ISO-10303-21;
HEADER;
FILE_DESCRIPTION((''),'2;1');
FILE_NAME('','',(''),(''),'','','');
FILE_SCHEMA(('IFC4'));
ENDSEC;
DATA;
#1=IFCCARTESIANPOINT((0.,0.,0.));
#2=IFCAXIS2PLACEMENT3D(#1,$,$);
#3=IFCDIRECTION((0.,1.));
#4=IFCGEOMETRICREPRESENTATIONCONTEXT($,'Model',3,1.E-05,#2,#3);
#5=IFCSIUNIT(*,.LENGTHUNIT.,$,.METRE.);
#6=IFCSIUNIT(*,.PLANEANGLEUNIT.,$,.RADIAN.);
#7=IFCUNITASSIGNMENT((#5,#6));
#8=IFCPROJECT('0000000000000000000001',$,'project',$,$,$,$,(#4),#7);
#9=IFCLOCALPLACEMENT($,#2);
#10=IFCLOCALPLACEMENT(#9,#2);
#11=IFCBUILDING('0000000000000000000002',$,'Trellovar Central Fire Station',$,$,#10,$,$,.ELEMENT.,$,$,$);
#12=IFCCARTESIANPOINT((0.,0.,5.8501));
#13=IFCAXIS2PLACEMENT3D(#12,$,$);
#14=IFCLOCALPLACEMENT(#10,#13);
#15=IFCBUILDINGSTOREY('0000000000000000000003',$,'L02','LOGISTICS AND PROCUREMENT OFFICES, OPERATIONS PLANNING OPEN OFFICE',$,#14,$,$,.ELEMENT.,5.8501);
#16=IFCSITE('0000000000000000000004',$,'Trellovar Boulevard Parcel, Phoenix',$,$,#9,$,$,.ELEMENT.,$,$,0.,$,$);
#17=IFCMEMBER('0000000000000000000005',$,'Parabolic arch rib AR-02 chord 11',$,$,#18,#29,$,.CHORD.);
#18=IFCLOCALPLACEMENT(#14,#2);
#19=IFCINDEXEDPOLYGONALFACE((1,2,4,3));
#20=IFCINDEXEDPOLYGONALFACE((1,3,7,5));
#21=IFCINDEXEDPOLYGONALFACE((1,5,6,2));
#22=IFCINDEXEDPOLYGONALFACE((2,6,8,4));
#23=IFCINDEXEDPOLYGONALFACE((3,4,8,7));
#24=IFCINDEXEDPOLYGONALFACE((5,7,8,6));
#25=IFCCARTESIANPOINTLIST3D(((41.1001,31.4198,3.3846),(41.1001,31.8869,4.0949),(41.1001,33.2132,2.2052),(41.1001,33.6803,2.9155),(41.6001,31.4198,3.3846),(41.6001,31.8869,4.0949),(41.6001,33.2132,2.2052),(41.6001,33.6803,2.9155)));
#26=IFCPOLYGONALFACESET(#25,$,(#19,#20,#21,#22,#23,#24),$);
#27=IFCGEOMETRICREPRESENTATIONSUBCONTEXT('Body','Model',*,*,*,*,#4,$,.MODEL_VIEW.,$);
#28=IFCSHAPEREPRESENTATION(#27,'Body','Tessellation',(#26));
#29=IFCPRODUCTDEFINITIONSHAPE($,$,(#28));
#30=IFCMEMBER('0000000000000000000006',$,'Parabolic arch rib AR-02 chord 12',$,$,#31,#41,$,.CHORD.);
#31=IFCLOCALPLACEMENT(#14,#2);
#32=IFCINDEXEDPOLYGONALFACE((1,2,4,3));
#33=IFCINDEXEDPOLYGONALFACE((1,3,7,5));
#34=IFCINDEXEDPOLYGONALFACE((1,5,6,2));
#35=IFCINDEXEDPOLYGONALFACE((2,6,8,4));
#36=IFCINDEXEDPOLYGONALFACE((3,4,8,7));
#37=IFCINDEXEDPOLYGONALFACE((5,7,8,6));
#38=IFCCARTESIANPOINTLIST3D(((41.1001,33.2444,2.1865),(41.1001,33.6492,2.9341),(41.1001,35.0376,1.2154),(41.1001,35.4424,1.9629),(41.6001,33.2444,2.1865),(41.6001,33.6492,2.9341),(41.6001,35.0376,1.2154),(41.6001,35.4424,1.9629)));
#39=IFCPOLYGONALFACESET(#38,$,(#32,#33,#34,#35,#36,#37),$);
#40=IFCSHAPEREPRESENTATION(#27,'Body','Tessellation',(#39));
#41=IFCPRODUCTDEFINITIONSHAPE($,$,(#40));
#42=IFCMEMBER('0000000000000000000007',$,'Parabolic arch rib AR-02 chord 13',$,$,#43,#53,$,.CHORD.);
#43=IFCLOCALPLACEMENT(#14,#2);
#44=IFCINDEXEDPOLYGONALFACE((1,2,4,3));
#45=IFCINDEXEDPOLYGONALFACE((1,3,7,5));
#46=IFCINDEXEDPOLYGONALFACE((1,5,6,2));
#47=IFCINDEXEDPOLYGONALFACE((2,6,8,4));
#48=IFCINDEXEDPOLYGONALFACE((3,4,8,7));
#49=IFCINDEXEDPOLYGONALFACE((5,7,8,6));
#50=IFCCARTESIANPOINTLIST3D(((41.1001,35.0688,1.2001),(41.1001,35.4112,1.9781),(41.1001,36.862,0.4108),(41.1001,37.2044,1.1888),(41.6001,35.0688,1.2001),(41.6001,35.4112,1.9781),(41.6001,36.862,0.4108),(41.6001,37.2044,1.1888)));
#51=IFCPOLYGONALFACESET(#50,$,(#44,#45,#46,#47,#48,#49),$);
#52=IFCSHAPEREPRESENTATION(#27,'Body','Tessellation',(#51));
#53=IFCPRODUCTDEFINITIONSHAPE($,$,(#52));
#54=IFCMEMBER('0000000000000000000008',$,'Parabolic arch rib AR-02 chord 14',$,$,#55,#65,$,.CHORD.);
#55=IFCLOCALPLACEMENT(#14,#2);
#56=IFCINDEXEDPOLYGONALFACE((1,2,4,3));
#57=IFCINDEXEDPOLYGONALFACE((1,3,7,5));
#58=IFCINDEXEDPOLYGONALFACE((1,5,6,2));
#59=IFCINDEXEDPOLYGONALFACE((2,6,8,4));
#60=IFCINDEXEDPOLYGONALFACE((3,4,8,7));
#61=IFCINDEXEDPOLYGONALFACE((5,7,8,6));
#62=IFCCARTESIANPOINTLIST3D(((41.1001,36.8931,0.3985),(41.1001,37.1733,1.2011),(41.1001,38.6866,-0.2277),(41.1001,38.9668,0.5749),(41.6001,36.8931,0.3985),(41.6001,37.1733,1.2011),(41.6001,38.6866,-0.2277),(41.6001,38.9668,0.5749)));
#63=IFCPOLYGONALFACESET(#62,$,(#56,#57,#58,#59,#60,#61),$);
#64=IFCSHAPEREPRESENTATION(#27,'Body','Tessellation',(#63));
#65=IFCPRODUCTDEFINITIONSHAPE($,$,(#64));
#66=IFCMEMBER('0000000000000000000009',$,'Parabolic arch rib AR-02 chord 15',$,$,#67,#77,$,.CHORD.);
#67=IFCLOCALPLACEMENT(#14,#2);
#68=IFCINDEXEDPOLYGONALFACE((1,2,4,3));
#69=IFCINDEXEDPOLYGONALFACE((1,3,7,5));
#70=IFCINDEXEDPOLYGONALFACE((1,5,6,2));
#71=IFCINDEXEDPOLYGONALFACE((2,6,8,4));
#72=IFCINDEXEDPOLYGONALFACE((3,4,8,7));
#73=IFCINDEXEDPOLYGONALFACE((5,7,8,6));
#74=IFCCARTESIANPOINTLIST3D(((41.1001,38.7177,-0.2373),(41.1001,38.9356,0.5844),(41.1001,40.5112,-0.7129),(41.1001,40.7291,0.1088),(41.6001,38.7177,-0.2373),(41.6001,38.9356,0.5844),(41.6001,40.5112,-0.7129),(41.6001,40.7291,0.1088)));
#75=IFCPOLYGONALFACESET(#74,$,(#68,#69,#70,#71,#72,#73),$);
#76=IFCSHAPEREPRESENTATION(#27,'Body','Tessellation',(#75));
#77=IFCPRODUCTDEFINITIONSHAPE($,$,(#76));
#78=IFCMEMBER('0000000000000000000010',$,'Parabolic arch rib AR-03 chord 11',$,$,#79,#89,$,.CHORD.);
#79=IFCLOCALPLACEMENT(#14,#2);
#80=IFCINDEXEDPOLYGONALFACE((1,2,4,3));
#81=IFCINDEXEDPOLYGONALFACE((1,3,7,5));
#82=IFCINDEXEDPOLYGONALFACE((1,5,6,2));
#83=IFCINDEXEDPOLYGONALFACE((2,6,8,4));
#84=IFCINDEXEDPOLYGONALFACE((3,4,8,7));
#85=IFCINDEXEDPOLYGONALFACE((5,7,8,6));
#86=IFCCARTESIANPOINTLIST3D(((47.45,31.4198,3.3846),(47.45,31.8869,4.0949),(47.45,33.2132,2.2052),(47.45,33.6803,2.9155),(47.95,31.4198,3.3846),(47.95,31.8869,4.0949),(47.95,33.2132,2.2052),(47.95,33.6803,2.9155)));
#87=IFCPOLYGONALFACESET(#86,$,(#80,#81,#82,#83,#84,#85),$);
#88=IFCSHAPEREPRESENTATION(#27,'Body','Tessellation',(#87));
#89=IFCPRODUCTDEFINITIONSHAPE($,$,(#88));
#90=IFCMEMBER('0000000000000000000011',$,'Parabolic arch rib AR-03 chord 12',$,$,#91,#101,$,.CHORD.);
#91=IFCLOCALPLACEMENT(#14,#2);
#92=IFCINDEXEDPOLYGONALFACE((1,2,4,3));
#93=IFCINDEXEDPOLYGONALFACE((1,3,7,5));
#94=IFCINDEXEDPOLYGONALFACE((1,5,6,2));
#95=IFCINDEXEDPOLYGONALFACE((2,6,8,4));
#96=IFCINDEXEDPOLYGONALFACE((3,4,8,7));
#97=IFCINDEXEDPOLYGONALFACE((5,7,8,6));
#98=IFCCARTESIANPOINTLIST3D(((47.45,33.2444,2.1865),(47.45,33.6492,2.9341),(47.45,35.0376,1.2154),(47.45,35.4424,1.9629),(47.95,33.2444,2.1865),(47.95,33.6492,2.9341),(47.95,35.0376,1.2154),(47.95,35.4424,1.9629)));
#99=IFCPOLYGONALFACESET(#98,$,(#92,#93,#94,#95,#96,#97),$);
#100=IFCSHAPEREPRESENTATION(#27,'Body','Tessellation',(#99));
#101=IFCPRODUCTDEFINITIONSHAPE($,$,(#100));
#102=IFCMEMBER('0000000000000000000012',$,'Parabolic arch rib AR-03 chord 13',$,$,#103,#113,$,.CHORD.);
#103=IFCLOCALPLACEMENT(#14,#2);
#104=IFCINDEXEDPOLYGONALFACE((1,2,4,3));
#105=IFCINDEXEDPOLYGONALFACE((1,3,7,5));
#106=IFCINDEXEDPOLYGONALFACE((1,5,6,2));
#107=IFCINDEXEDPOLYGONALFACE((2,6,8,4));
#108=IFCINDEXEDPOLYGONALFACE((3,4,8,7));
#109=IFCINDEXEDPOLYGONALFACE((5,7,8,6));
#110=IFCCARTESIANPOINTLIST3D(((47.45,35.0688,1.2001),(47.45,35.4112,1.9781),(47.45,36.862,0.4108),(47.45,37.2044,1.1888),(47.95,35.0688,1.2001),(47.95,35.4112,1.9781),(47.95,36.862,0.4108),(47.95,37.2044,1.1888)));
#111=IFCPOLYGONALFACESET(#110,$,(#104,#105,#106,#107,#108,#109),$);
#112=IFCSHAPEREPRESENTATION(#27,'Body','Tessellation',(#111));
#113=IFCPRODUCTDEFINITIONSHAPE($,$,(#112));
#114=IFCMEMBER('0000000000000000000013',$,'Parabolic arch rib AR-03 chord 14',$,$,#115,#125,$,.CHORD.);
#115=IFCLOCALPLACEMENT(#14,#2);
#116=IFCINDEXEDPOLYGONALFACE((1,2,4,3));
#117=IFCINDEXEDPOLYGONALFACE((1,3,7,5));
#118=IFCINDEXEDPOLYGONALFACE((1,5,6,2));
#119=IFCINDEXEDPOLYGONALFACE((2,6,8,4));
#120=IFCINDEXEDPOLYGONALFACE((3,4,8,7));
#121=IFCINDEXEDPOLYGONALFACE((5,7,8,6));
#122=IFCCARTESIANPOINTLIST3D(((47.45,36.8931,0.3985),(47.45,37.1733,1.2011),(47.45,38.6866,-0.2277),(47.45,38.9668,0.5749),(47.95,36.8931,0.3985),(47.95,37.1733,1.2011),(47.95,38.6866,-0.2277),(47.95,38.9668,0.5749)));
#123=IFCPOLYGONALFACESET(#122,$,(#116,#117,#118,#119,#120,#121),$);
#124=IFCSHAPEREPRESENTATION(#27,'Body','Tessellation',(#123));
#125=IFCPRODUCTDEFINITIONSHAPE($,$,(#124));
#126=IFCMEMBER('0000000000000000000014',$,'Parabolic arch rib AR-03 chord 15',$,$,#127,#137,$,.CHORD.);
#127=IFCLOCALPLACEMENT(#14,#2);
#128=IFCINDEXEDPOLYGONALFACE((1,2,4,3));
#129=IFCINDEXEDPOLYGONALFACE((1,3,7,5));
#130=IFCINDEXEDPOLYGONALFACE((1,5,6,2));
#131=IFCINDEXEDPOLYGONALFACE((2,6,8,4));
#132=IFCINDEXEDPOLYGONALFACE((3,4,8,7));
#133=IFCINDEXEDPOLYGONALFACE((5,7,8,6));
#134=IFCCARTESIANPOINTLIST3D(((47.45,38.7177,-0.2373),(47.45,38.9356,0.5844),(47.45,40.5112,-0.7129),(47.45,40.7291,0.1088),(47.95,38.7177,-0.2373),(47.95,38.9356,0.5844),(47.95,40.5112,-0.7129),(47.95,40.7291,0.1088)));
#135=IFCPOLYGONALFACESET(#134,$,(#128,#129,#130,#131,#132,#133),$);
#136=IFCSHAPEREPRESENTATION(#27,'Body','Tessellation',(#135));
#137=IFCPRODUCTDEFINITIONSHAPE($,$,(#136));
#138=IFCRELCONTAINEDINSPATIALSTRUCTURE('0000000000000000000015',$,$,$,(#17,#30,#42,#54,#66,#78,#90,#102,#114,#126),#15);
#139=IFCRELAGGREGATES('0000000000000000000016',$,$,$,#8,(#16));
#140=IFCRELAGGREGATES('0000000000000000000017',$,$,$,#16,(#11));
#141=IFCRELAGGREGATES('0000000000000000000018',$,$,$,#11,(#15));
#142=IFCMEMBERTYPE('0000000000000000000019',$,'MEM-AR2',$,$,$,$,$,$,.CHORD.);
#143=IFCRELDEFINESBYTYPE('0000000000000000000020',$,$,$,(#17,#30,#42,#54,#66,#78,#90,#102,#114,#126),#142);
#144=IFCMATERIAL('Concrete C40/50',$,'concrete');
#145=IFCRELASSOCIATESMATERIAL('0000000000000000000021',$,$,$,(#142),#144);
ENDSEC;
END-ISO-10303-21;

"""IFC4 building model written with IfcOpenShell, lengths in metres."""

from ifc_helpers import new_model, si_unit, direction, frame, origin, origin_2d, place, context, subcontext, project, spatial, rectangle, extrude, material, material_profile, profile_set, type_object, element, save


model = new_model("IFC4")

# Units and contexts
model_context = context("Model", 3, precision=1e-05, world=origin(), true_north=direction((0.0, 1.0)))
body_context = subcontext(model_context, "Body", "Model", "MODEL_VIEW")
ifc_project = project(units=[si_unit("LENGTHUNIT", "METRE"), si_unit("PLANEANGLEUNIT", "RADIAN")], contexts=[model_context])

# Site, building, storey
site_placement = place(None, origin())
site = spatial("IfcSite", under=ifc_project, at=site_placement, Name="Trellovar Boulevard Parcel, Phoenix", CompositionType="ELEMENT", RefElevation=0.0)
building_placement = place(site_placement, origin())
building = spatial("IfcBuilding", under=site, at=building_placement, Name="Trellovar Central Fire Station", CompositionType="ELEMENT")
storey_placement = place(building_placement, frame((0.0, 0.0, 5.8501)))
storey = spatial("IfcBuildingStorey", under=building, at=storey_placement, Name="L02", Description="LOGISTICS AND PROCUREMENT OFFICES, OPERATIONS PLANNING OPEN OFFICE", CompositionType="ELEMENT", Elevation=5.8501)

# Members
ifc_material_1 = material(Name="Concrete C40/50", Category="concrete")
ifc_material_profile_1 = material_profile(ifc_material_1, rectangle(XDim=0.5, YDim=0.8501, at=origin_2d()), Name="RC500X850")
ifc_profile_set_1 = profile_set([ifc_material_profile_1], Name="Concrete C40/50")
member_type_1 = type_object("IfcMemberType", Name="MEM-AR2", PredefinedType="CHORD", material=ifc_profile_set_1)
member_1_placement = place(storey_placement, frame((41.3501, 31.6533, 3.7397), z_axis=(0.0, 0.835516, -0.549466), x_axis=(-1.0, 0.0, 0.0)))
element("IfcMember", 1, at=member_1_placement, inside=storey, type_object=member_type_1, Name="Parabolic arch rib AR-02 chord 11", PredefinedType="CHORD", context=body_context, shape_type="SweptSolid", body=[
    extrude(rectangle(XDim=0.5, YDim=0.8501, at=origin_2d()), origin(), (0.0, 0.0, 1.0), 2.1465),
])
member_2_placement = place(storey_placement, frame((41.3501, 33.4468, 2.5603), z_axis=(0.0, 0.879319, -0.476233), x_axis=(-1.0, 0.0, 0.0)))
element("IfcMember", 2, at=member_2_placement, inside=storey, type_object=member_type_1, Name="Parabolic arch rib AR-02 chord 12", PredefinedType="CHORD", context=body_context, shape_type="SweptSolid", body=[
    extrude(rectangle(XDim=0.5, YDim=0.8501, at=origin_2d()), origin(), (0.0, 0.0, 1.0), 2.0393),
])
member_3_placement = place(storey_placement, frame((41.3501, 35.24, 1.5891), z_axis=(0.0, 0.91526, -0.402864), x_axis=(-1.0, 0.0, 0.0)))
element("IfcMember", 3, at=member_3_placement, inside=storey, type_object=member_type_1, Name="Parabolic arch rib AR-02 chord 13", PredefinedType="CHORD", context=body_context, shape_type="SweptSolid", body=[
    extrude(rectangle(XDim=0.5, YDim=0.8501, at=origin_2d()), origin(), (0.0, 0.0, 1.0), 1.9592),
])
member_4_placement = place(storey_placement, frame((41.3501, 37.0332, 0.7998), z_axis=(0.0, 0.944103, -0.329652), x_axis=(-1.0, 0.0, 0.0)))
element("IfcMember", 4, at=member_4_placement, inside=storey, type_object=member_type_1, Name="Parabolic arch rib AR-02 chord 14", PredefinedType="CHORD", context=body_context, shape_type="SweptSolid", body=[
    extrude(rectangle(XDim=0.5, YDim=0.8501, at=origin_2d()), origin(), (0.0, 0.0, 1.0), 1.8997),
])
member_5_placement = place(storey_placement, frame((41.3501, 38.8267, 0.1736), z_axis=(0.0, 0.966592, -0.256319), x_axis=(-1.0, 0.0, 0.0)))
element("IfcMember", 5, at=member_5_placement, inside=storey, type_object=member_type_1, Name="Parabolic arch rib AR-02 chord 15", PredefinedType="CHORD", context=body_context, shape_type="SweptSolid", body=[
    extrude(rectangle(XDim=0.5, YDim=0.8501, at=origin_2d()), origin(), (0.0, 0.0, 1.0), 1.8555),
])
member_6_placement = place(storey_placement, frame((47.7, 31.6533, 3.7397), z_axis=(0.0, 0.835516, -0.549466), x_axis=(-1.0, 0.0, 0.0)))
element("IfcMember", 6, at=member_6_placement, inside=storey, type_object=member_type_1, Name="Parabolic arch rib AR-03 chord 11", PredefinedType="CHORD", context=body_context, shape_type="SweptSolid", body=[
    extrude(rectangle(XDim=0.5, YDim=0.8501, at=origin_2d()), origin(), (0.0, 0.0, 1.0), 2.1465),
])
member_7_placement = place(storey_placement, frame((47.7, 33.4468, 2.5603), z_axis=(0.0, 0.879319, -0.476233), x_axis=(-1.0, 0.0, 0.0)))
element("IfcMember", 7, at=member_7_placement, inside=storey, type_object=member_type_1, Name="Parabolic arch rib AR-03 chord 12", PredefinedType="CHORD", context=body_context, shape_type="SweptSolid", body=[
    extrude(rectangle(XDim=0.5, YDim=0.8501, at=origin_2d()), origin(), (0.0, 0.0, 1.0), 2.0393),
])
member_8_placement = place(storey_placement, frame((47.7, 35.24, 1.5891), z_axis=(0.0, 0.91526, -0.402864), x_axis=(-1.0, 0.0, 0.0)))
element("IfcMember", 8, at=member_8_placement, inside=storey, type_object=member_type_1, Name="Parabolic arch rib AR-03 chord 13", PredefinedType="CHORD", context=body_context, shape_type="SweptSolid", body=[
    extrude(rectangle(XDim=0.5, YDim=0.8501, at=origin_2d()), origin(), (0.0, 0.0, 1.0), 1.9592),
])
member_9_placement = place(storey_placement, frame((47.7, 37.0332, 0.7998), z_axis=(0.0, 0.944103, -0.329652), x_axis=(-1.0, 0.0, 0.0)))
element("IfcMember", 9, at=member_9_placement, inside=storey, type_object=member_type_1, Name="Parabolic arch rib AR-03 chord 14", PredefinedType="CHORD", context=body_context, shape_type="SweptSolid", body=[
    extrude(rectangle(XDim=0.5, YDim=0.8501, at=origin_2d()), origin(), (0.0, 0.0, 1.0), 1.8997),
])
member_10_placement = place(storey_placement, frame((47.7, 38.8267, 0.1736), z_axis=(0.0, 0.966592, -0.256319), x_axis=(-1.0, 0.0, 0.0)))
element("IfcMember", 10, at=member_10_placement, inside=storey, type_object=member_type_1, Name="Parabolic arch rib AR-03 chord 15", PredefinedType="CHORD", context=body_context, shape_type="SweptSolid", body=[
    extrude(rectangle(XDim=0.5, YDim=0.8501, at=origin_2d()), origin(), (0.0, 0.0, 1.0), 1.8555),
])

save(model, "model.ifc")
